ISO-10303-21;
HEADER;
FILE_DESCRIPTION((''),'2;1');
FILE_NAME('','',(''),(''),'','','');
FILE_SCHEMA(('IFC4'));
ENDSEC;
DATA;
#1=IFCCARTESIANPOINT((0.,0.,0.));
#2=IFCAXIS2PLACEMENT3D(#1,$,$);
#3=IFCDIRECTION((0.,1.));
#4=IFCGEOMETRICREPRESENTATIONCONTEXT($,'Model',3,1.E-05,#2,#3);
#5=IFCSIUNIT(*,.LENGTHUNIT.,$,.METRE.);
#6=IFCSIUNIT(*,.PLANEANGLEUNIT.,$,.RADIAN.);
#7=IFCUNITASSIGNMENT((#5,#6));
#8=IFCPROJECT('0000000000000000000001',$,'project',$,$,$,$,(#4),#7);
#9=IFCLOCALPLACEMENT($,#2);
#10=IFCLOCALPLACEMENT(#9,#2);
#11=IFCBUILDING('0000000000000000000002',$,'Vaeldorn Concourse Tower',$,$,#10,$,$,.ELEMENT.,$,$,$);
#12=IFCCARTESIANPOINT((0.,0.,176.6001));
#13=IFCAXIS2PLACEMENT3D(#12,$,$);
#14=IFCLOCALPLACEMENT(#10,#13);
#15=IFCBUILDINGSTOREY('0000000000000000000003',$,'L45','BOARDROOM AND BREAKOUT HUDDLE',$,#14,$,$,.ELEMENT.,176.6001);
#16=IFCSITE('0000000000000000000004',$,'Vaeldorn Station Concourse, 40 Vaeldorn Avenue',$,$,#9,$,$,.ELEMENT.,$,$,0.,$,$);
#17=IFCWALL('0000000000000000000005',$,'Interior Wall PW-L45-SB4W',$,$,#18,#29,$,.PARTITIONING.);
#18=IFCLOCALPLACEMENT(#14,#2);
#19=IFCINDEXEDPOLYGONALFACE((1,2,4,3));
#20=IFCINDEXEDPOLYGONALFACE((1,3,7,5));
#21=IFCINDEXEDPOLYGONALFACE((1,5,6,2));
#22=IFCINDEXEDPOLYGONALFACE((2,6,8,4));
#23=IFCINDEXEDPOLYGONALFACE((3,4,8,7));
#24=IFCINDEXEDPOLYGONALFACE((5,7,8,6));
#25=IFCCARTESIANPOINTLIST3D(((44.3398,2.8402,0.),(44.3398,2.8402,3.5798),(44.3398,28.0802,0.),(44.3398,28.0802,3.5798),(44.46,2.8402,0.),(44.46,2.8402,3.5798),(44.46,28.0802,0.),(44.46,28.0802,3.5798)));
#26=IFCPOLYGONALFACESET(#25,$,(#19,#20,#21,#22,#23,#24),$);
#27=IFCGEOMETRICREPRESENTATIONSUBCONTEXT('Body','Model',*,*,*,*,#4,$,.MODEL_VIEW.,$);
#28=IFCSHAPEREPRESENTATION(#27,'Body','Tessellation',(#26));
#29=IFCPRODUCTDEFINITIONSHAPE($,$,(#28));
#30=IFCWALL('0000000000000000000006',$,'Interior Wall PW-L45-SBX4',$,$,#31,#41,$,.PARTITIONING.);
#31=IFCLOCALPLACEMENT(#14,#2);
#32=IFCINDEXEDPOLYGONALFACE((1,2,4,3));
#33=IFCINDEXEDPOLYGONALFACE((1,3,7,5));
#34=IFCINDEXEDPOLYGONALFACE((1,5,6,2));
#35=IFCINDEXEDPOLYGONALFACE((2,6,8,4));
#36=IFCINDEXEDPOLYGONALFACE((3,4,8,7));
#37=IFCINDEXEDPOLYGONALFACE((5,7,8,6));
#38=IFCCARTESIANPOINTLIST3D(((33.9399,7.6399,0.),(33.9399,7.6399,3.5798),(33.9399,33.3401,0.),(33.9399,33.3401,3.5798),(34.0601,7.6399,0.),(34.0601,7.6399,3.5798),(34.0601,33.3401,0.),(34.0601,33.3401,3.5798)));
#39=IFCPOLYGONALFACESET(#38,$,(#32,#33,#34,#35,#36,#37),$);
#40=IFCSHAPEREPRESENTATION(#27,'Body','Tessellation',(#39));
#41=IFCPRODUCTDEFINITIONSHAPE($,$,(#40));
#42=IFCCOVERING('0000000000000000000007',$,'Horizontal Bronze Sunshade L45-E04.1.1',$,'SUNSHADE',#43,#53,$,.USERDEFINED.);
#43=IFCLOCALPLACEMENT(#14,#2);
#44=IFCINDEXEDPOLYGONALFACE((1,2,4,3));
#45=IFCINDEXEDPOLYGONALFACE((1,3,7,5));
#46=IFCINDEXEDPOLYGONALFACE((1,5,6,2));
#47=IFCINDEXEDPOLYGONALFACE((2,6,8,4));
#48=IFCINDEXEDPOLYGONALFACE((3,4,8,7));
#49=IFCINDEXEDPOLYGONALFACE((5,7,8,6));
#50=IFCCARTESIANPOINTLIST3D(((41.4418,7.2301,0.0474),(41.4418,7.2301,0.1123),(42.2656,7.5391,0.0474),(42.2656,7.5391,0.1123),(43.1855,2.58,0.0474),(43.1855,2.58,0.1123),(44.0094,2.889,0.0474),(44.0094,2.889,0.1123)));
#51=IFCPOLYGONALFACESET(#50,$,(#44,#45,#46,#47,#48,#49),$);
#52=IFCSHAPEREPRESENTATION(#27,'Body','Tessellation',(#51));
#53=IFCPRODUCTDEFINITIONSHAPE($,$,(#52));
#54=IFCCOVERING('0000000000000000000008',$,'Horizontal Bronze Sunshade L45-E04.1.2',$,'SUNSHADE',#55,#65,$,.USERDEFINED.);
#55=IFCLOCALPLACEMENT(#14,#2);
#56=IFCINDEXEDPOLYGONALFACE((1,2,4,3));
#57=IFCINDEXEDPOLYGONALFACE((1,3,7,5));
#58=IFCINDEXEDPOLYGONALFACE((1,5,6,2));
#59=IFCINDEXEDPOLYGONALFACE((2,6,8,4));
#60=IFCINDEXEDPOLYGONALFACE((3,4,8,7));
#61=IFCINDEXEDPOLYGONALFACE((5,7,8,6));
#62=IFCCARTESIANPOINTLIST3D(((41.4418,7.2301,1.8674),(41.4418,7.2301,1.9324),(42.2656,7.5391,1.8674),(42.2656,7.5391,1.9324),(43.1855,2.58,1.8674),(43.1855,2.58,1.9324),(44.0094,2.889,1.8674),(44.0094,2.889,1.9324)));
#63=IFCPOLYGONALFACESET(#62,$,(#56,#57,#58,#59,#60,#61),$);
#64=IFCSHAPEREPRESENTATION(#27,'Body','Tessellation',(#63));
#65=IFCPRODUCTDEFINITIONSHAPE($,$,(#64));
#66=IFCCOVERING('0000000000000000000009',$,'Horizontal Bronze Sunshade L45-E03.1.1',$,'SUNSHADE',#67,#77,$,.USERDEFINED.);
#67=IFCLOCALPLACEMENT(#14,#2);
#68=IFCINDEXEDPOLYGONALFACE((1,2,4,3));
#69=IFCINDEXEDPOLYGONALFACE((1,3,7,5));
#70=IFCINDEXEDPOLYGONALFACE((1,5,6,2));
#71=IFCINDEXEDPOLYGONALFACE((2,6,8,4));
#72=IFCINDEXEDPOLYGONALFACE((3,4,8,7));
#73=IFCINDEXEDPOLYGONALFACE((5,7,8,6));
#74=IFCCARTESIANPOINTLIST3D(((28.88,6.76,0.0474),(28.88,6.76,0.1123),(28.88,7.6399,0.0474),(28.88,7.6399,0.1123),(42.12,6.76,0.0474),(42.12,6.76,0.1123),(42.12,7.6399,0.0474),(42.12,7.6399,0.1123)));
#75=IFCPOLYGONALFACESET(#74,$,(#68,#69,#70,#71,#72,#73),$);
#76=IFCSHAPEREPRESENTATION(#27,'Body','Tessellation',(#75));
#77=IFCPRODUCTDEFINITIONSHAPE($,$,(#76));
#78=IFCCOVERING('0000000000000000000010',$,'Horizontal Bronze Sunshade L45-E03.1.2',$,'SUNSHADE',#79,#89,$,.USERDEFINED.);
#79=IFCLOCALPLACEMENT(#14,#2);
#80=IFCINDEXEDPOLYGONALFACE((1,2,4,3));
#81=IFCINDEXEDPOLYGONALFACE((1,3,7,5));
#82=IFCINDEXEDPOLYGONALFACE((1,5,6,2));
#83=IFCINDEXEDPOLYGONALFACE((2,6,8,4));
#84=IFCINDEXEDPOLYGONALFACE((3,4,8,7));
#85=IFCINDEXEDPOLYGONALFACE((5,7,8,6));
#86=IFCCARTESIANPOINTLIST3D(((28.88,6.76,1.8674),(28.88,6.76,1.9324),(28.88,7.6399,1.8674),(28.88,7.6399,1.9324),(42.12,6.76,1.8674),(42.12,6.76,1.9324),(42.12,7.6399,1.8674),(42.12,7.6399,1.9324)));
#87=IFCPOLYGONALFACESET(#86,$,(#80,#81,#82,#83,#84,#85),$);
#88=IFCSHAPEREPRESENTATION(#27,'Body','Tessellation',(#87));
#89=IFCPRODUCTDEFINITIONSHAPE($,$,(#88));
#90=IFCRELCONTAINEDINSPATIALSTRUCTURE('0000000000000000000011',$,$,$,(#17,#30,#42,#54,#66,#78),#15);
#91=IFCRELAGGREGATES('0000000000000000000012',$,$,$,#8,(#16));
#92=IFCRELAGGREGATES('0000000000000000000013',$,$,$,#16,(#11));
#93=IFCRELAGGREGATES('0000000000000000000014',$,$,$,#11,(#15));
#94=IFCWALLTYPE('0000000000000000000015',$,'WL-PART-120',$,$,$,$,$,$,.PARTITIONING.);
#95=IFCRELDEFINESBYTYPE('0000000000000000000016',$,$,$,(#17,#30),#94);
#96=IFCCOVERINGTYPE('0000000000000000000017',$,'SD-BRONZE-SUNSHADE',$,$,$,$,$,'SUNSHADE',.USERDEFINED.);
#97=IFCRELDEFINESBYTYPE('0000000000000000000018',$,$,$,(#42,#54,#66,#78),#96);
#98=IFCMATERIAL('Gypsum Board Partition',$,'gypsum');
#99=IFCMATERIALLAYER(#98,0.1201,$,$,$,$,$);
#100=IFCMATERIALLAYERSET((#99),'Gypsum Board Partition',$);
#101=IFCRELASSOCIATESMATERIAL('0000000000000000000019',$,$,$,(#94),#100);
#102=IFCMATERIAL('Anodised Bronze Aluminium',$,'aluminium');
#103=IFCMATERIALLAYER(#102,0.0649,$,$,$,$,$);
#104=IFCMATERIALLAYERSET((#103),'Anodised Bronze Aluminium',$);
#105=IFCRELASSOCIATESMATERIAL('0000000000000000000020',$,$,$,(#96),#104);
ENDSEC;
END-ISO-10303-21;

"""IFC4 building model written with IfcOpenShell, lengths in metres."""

from ifc_helpers import new_model, si_unit, direction, frame, frame_2d, origin, origin_2d, place, context, subcontext, project, spatial, rectangle, extrude, source, transform, mapped, material, layer, layer_set, type_object, element, save


model = new_model("IFC4")

# Units and contexts
model_context = context("Model", 3, precision=1e-05, world=origin(), true_north=direction((0.0, 1.0)))
body_context = subcontext(model_context, "Body", "Model", "MODEL_VIEW")
ifc_project = project(units=[si_unit("LENGTHUNIT", "METRE"), si_unit("PLANEANGLEUNIT", "RADIAN")], contexts=[model_context])

# Site, building, storey
site_placement = place(None, origin())
site = spatial("IfcSite", under=ifc_project, at=site_placement, Name="Vaeldorn Station Concourse, 40 Vaeldorn Avenue", CompositionType="ELEMENT", RefElevation=0.0)
building_placement = place(site_placement, origin())
building = spatial("IfcBuilding", under=site, at=building_placement, Name="Vaeldorn Concourse Tower", CompositionType="ELEMENT")
storey_placement = place(building_placement, frame((0.0, 0.0, 176.6001)))
storey = spatial("IfcBuildingStorey", under=building, at=storey_placement, Name="L45", Description="BOARDROOM AND BREAKOUT HUDDLE", CompositionType="ELEMENT", Elevation=176.6001)

# Shared definitions
ifc_material_1 = material(Name="Anodised Bronze Aluminium", Category="aluminium")

# Walls
ifc_material_2 = material(Name="Gypsum Board Partition", Category="gypsum")
ifc_layer_1 = layer(ifc_material_2, 0.1201)
ifc_layer_set_1 = layer_set([ifc_layer_1], Name="Gypsum Board Partition")
wall_type = type_object("IfcWallType", Name="WL-PART-120", PredefinedType="PARTITIONING", material=ifc_layer_set_1)
wall_1_placement = place(storey_placement, frame((44.3999, 2.8401, 0.0), z_axis=(0.0, 0.0, 1.0), x_axis=(0.0, 1.0, 0.0)))
element("IfcWall", 1, at=wall_1_placement, inside=storey, type_object=wall_type, Name="Interior Wall PW-L45-SB4W", PredefinedType="PARTITIONING", context=body_context, shape_type="SweptSolid", body=[
    extrude(rectangle(XDim=25.24, YDim=0.1201, at=frame_2d((12.6201, 0.0))), origin(), (0.0, 0.0, 1.0), 3.5798),
])
wall_2_placement = place(storey_placement, frame((34.0, 7.6399, 0.0), z_axis=(0.0, 0.0, 1.0), x_axis=(0.0, 1.0, 0.0)))
element("IfcWall", 2, at=wall_2_placement, inside=storey, type_object=wall_type, Name="Interior Wall PW-L45-SBX4", PredefinedType="PARTITIONING", context=body_context, shape_type="SweptSolid", body=[
    extrude(rectangle(XDim=25.7002, YDim=0.1201, at=frame_2d((12.8501, 0.0))), origin(), (0.0, 0.0, 1.0), 3.5798),
])

# Coverings
ifc_layer_2 = layer(ifc_material_1, 0.0649)
ifc_layer_set_2 = layer_set([ifc_layer_2], Name="Anodised Bronze Aluminium")
covering_type = type_object("IfcCoveringType", Name="SD-BRONZE-SUNSHADE", ElementType="SUNSHADE", PredefinedType="USERDEFINED", material=ifc_layer_set_2)
shared_shape_1 = source(origin(), body_context, "Body", "SweptSolid", [
    extrude(rectangle(XDim=4.9663, YDim=0.8799, at=origin_2d()), origin(), (0.0, 0.0, 1.0), 0.0649),
])
for number, where, z_axis, x_axis, name in (
    (3, (42.7256, 5.0596, 0.0474), (0.0, 0.0, 1.0), (0.351123, -0.936329, 0.0), "Horizontal Bronze Sunshade L45-E04.1.1"),
    (4, (42.7256, 5.0596, 1.8674), (0.0, 0.0, 1.0), (0.351123, -0.936329, 0.0), "Horizontal Bronze Sunshade L45-E04.1.2"),
):
    element("IfcCovering", number, at=place(storey_placement, frame(where, z_axis=z_axis, x_axis=x_axis)), inside=storey, type_object=covering_type, Name=name, ObjectType="SUNSHADE", PredefinedType="USERDEFINED", context=body_context, shape_type="MappedRepresentation", body=[
        mapped(shared_shape_1, transform((0.0, 0.0, 0.0), scale=1.0)),
    ])
shared_shape_2 = source(origin(), body_context, "Body", "SweptSolid", [
    extrude(rectangle(XDim=13.24, YDim=0.8799, at=origin_2d()), origin(), (0.0, 0.0, 1.0), 0.0649),
])
for number, where, z_axis, x_axis, name in (
    (5, (35.5, 7.2, 0.0474), (0.0, 0.0, 1.0), (1.0, 0.0, 0.0), "Horizontal Bronze Sunshade L45-E03.1.1"),
    (6, (35.5, 7.2, 1.8674), (0.0, 0.0, 1.0), (1.0, 0.0, 0.0), "Horizontal Bronze Sunshade L45-E03.1.2"),
):
    element("IfcCovering", number, at=place(storey_placement, frame(where, z_axis=z_axis, x_axis=x_axis)), inside=storey, type_object=covering_type, Name=name, ObjectType="SUNSHADE", PredefinedType="USERDEFINED", context=body_context, shape_type="MappedRepresentation", body=[
        mapped(shared_shape_2, transform((0.0, 0.0, 0.0), scale=1.0)),
    ])

save(model, "model.ifc")
